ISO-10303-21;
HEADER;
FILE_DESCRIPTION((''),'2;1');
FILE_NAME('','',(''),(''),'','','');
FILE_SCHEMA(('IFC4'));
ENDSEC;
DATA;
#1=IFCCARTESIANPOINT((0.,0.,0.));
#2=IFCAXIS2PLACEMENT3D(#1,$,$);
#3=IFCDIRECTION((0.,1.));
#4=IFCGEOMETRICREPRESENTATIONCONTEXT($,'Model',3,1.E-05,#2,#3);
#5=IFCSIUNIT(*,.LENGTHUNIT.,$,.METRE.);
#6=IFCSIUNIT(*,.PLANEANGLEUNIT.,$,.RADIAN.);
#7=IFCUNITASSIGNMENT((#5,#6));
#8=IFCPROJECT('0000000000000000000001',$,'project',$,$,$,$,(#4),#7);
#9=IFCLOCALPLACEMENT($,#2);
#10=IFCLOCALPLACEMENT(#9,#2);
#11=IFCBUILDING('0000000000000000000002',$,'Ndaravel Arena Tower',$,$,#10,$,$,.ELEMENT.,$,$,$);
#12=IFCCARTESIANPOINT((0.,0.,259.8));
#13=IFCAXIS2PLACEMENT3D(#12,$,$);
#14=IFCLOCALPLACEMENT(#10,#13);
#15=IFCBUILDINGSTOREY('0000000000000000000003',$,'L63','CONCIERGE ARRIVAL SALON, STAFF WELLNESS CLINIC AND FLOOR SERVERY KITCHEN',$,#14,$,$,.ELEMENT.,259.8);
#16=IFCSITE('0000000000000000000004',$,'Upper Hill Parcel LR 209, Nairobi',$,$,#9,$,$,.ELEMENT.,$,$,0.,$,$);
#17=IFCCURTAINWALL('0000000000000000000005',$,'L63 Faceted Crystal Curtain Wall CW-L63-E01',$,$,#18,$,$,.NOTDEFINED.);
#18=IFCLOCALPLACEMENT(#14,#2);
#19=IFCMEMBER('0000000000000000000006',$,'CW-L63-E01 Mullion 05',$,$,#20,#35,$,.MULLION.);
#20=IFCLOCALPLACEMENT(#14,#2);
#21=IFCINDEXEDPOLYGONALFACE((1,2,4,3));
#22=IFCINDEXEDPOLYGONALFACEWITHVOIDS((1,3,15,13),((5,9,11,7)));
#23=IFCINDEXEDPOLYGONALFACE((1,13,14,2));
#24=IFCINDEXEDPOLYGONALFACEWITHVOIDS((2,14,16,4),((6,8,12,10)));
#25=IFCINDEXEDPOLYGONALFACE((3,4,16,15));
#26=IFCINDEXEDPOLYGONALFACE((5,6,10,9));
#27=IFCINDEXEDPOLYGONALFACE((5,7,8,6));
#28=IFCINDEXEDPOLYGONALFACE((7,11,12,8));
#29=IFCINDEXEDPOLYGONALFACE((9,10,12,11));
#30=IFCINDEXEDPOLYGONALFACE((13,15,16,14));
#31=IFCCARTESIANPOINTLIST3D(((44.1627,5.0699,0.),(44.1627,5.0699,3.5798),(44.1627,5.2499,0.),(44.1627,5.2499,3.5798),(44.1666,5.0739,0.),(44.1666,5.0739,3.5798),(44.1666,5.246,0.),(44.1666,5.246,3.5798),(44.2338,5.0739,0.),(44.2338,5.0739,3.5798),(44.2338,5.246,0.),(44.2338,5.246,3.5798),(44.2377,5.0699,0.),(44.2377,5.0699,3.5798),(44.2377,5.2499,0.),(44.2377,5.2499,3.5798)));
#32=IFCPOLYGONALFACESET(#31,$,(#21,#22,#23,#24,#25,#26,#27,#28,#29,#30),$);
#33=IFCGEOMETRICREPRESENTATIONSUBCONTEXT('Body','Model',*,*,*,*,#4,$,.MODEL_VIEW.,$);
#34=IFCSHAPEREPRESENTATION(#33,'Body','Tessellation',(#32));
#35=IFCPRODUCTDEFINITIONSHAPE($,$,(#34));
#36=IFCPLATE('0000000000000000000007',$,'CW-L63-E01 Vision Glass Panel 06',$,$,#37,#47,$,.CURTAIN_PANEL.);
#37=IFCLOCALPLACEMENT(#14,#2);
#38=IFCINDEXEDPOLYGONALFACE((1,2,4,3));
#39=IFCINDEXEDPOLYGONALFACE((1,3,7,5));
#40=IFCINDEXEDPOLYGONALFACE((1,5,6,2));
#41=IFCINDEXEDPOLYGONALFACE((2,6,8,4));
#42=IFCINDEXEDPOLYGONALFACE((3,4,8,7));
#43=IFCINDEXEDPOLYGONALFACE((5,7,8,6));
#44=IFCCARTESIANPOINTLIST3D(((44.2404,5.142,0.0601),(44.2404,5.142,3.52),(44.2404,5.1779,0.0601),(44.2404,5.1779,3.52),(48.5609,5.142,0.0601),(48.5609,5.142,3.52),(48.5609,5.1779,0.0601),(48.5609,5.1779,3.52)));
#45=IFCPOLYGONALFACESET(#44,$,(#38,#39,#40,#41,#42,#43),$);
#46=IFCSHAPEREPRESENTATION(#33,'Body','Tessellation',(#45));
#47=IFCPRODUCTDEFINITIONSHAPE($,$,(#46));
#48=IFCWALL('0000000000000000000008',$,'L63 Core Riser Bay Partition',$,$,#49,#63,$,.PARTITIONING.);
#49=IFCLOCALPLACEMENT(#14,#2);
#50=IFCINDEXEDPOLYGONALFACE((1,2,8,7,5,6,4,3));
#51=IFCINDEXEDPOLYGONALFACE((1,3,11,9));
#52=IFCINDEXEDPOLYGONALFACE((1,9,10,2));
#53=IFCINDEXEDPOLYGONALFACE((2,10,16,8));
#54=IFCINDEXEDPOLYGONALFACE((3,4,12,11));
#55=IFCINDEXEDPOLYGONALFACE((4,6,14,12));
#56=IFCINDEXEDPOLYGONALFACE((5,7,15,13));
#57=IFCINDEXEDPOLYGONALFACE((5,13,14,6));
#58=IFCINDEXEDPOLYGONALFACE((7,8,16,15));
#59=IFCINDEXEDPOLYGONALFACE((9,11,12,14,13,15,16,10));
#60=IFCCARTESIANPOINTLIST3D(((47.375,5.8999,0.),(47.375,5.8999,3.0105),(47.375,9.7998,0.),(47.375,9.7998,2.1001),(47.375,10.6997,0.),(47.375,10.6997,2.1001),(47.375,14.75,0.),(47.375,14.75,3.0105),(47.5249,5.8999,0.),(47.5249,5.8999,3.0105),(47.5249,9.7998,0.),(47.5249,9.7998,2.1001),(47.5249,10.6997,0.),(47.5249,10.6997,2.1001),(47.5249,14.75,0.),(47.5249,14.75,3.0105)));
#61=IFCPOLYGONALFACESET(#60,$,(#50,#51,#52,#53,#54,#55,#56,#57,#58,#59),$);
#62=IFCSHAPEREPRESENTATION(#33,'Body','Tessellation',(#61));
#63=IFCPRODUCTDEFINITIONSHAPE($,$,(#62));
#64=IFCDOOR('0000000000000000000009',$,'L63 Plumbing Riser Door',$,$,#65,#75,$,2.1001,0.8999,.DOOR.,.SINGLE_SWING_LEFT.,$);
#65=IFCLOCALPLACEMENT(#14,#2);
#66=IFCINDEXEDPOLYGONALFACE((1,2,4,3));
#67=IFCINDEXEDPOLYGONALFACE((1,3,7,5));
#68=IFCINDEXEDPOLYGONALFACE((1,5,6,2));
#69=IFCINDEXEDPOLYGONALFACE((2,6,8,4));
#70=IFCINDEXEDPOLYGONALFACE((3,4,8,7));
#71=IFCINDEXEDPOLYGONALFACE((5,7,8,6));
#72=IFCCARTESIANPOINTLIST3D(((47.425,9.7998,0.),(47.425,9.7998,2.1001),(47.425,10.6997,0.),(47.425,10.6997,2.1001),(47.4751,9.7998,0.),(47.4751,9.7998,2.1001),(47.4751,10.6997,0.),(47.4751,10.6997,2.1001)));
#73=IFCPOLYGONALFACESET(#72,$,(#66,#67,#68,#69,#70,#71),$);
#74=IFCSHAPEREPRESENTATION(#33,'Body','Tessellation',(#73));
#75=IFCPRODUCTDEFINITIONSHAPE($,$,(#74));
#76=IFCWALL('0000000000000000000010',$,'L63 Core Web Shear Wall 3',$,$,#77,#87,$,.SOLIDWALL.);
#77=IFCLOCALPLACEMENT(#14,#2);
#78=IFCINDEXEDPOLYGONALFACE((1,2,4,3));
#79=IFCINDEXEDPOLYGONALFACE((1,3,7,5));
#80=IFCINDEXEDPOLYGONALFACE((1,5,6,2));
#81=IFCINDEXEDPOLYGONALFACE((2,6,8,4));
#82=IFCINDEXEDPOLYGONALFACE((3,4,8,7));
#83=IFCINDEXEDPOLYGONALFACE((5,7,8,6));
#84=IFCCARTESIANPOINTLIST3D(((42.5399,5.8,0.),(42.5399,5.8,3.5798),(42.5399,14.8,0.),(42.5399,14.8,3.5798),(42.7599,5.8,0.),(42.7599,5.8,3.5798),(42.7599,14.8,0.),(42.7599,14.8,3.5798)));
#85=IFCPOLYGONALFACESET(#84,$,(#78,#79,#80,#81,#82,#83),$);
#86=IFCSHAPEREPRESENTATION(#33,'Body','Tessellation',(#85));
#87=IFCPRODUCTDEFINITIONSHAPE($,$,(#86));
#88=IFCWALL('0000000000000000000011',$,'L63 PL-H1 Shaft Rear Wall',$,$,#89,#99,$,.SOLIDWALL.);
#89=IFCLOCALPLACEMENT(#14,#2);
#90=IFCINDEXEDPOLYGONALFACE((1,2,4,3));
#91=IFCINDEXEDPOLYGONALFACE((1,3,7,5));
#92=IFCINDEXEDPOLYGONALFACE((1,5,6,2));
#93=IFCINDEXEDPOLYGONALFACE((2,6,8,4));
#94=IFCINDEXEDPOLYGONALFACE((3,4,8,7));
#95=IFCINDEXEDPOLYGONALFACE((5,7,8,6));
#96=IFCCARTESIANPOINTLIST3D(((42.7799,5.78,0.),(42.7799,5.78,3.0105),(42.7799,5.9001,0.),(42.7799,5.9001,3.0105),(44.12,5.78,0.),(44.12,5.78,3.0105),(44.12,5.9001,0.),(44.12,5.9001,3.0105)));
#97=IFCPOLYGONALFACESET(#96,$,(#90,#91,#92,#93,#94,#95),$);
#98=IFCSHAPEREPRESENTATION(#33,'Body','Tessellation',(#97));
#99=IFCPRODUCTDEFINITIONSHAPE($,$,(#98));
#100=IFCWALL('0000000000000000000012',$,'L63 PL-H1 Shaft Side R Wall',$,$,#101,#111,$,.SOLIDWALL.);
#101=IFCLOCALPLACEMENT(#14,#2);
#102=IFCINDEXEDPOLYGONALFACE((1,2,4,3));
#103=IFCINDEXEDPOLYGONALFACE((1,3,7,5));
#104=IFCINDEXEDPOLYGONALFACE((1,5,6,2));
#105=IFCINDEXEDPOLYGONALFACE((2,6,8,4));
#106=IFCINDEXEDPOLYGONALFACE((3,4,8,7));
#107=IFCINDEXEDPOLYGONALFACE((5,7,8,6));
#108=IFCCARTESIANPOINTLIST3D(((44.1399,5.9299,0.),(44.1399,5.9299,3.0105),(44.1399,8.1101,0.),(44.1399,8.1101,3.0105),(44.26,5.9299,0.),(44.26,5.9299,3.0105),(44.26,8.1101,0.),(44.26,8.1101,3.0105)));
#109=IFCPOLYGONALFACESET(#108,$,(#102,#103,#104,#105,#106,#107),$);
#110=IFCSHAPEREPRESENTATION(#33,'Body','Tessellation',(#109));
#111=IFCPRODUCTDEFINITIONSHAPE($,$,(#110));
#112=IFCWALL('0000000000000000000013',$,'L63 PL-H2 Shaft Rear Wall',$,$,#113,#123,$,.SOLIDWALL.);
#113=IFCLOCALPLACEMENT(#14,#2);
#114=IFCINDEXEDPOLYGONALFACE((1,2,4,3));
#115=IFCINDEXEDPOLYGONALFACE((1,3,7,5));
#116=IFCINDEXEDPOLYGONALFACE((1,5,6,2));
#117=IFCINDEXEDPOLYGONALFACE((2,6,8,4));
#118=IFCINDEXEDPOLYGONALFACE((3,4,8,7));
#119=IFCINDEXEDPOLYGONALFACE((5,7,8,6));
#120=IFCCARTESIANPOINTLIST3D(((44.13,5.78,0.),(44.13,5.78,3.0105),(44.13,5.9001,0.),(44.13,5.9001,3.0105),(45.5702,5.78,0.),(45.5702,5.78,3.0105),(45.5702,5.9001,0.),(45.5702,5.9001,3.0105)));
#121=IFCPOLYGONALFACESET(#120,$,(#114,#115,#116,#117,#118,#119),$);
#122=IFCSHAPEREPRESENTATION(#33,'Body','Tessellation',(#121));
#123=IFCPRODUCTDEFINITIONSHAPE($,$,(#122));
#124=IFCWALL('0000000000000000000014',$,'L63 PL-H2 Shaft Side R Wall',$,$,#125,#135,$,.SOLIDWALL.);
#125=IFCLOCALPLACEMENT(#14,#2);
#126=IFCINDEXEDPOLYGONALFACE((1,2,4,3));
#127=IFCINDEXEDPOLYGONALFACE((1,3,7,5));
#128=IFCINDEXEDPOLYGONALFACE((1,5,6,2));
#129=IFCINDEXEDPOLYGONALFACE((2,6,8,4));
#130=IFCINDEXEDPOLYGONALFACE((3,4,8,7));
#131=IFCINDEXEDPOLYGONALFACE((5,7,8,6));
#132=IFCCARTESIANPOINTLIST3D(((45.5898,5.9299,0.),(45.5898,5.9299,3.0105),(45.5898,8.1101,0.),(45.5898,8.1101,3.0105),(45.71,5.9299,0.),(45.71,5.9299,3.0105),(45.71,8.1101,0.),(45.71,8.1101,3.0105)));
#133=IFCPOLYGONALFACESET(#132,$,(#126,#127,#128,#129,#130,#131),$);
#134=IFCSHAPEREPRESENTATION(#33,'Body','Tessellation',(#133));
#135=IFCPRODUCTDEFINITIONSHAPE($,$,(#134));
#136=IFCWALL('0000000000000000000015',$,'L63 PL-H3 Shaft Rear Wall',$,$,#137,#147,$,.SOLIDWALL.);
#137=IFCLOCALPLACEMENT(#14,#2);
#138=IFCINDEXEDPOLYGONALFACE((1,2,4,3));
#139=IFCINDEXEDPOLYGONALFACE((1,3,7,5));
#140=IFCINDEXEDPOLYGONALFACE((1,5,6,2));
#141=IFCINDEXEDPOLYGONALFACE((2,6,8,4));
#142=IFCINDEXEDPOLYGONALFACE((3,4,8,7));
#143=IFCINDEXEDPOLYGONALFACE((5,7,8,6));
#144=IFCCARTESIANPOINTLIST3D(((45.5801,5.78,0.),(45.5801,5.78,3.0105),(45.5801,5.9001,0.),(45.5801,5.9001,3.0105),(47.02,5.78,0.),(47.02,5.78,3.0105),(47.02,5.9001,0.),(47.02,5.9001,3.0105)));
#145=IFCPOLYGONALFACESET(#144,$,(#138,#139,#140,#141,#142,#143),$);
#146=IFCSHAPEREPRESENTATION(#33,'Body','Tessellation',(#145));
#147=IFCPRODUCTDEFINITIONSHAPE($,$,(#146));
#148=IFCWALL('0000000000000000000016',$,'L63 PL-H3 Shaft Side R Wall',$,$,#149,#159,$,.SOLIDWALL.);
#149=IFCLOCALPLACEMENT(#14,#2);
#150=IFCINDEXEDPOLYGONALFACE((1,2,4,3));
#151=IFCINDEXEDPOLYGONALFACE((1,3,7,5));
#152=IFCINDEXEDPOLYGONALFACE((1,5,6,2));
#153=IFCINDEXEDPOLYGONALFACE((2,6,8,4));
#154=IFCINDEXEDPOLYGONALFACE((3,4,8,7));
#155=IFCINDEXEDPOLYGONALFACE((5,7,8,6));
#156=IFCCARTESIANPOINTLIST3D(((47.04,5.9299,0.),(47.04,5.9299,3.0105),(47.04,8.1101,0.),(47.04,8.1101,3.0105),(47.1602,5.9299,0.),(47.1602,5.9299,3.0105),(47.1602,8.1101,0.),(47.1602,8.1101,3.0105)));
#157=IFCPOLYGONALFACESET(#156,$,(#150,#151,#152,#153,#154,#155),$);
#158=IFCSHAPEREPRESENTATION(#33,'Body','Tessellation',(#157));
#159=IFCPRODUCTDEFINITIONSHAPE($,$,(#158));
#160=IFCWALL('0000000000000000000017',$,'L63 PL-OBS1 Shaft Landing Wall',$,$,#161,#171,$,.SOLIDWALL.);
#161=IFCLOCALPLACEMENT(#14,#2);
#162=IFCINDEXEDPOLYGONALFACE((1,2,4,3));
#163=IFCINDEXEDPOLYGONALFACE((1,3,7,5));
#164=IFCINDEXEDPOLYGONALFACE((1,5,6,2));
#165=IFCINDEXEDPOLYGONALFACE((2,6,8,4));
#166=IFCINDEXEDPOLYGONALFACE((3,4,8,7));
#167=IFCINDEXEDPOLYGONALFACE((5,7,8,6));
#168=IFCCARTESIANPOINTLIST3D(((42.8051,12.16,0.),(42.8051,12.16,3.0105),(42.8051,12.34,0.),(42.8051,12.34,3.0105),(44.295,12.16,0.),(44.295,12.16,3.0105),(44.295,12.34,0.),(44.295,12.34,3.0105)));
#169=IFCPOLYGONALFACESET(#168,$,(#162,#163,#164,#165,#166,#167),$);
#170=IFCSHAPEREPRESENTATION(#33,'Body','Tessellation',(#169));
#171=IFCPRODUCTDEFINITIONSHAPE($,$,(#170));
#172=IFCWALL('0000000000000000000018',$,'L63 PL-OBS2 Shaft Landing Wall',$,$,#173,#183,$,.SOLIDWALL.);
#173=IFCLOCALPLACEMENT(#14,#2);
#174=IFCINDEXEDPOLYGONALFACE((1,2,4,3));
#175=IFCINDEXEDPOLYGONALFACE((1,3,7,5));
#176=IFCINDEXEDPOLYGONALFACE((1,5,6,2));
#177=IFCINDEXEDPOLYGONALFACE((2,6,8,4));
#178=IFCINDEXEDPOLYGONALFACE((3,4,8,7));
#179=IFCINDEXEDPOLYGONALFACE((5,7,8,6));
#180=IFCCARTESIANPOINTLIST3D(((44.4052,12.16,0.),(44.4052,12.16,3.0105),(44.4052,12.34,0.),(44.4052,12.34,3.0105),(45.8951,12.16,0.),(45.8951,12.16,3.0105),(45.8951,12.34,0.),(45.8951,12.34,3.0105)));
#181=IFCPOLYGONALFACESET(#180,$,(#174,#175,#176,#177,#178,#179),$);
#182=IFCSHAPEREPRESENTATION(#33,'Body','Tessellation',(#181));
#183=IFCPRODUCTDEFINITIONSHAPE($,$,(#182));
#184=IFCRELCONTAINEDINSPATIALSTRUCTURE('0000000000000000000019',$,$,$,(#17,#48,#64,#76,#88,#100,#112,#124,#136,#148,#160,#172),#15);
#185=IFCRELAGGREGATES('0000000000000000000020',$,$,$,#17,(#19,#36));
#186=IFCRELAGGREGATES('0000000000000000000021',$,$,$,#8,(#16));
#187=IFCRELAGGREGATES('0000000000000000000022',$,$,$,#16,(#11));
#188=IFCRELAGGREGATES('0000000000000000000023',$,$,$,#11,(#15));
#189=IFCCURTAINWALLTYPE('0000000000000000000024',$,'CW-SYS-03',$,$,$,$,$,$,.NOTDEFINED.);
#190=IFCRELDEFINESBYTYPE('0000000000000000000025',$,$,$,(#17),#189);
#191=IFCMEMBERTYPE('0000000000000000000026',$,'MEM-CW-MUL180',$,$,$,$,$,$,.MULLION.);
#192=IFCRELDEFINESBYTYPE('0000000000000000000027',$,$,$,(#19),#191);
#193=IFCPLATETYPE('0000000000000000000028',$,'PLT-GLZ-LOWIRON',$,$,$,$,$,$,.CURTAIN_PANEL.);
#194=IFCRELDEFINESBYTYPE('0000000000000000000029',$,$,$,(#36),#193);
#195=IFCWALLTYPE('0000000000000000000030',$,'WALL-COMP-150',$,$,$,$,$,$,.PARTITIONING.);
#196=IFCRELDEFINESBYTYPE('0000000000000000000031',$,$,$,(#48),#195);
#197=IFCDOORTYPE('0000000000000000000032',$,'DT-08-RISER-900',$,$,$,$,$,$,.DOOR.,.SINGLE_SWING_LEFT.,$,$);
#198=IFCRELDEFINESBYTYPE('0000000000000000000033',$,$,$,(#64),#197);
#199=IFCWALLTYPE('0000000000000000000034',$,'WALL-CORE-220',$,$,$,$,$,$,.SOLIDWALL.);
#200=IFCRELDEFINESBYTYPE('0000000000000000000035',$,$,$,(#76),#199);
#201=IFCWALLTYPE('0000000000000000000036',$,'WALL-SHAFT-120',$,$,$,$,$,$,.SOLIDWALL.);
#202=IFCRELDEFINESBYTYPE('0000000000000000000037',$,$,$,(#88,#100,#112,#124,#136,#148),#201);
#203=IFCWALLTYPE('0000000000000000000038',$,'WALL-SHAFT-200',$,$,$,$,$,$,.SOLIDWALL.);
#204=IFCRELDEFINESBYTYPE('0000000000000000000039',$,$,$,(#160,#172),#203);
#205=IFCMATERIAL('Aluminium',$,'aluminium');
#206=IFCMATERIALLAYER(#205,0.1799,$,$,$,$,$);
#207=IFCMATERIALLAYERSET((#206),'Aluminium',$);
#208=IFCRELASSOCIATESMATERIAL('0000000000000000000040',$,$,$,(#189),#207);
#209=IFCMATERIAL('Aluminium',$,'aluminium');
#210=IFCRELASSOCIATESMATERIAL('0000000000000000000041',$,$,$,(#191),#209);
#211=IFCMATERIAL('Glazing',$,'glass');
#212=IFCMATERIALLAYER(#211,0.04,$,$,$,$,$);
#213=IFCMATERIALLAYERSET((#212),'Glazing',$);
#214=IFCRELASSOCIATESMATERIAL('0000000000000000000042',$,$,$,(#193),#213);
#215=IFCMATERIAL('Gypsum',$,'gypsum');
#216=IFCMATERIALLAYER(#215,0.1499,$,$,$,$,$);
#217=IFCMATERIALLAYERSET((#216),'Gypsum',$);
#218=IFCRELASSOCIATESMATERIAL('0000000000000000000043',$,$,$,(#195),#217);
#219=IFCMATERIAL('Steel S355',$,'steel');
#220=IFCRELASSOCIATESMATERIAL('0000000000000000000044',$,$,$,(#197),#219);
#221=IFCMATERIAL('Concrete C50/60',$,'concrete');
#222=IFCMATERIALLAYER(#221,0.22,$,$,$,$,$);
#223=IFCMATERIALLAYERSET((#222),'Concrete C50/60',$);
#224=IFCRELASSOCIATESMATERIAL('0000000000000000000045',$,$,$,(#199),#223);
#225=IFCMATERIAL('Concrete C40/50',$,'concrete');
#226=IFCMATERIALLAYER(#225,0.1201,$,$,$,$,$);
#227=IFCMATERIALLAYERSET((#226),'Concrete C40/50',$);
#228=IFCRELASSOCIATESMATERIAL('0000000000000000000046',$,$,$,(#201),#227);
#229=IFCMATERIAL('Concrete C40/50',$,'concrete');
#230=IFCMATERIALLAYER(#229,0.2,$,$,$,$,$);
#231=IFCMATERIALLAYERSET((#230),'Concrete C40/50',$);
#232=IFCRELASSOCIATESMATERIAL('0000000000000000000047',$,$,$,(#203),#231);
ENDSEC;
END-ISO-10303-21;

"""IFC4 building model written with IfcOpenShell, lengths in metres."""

from ifc_helpers import new_model, si_unit, direction, frame, frame_2d, origin, origin_2d, place, context, subcontext, project, spatial, rectangle, hollow_rectangle, extrude, material, layer, layer_set, material_profile, profile_set, type_object, element, fill, aggregate, save


model = new_model("IFC4")

# Units and contexts
model_context = context("Model", 3, precision=1e-05, world=origin(), true_north=direction((0.0, 1.0)))
body_context = subcontext(model_context, "Body", "Model", "MODEL_VIEW")
ifc_project = project(units=[si_unit("LENGTHUNIT", "METRE"), si_unit("PLANEANGLEUNIT", "RADIAN")], contexts=[model_context])

# Site, building, storey
site_placement = place(None, origin())
site = spatial("IfcSite", under=ifc_project, at=site_placement, Name="Upper Hill Parcel LR 209, Nairobi", CompositionType="ELEMENT", RefElevation=0.0)
building_placement = place(site_placement, origin())
building = spatial("IfcBuilding", under=site, at=building_placement, Name="Ndaravel Arena Tower", CompositionType="ELEMENT")
storey_placement = place(building_placement, frame((0.0, 0.0, 259.8)))
storey = spatial("IfcBuildingStorey", under=building, at=storey_placement, Name="L63", Description="CONCIERGE ARRIVAL SALON, STAFF WELLNESS CLINIC AND FLOOR SERVERY KITCHEN", CompositionType="ELEMENT", Elevation=259.8)

# Curtain wall, member, plate
ifc_material_1 = material(Name="Aluminium", Category="aluminium")
ifc_layer_1 = layer(ifc_material_1, 0.1799)
ifc_layer_set_1 = layer_set([ifc_layer_1], Name="Aluminium")
curtain_wall_type = type_object("IfcCurtainWallType", Name="CW-SYS-03", PredefinedType="NOTDEFINED", material=ifc_layer_set_1)
curtain_wall_placement = place(storey_placement, origin())
curtain_wall = element("IfcCurtainWall", 1, at=curtain_wall_placement, inside=storey, type_object=curtain_wall_type, Name="L63 Faceted Crystal Curtain Wall CW-L63-E01", PredefinedType="NOTDEFINED")
ifc_material_2 = material(Name="Aluminium", Category="aluminium")
ifc_material_profile = material_profile(ifc_material_2, hollow_rectangle(XDim=0.075, YDim=0.1799, WallThickness=0.0039, at=origin_2d()), Name="CW MULLION 75x180x4")
ifc_profile_set = profile_set([ifc_material_profile], Name="Aluminium")
member_type = type_object("IfcMemberType", Name="MEM-CW-MUL180", PredefinedType="MULLION", material=ifc_profile_set)
member_placement = place(storey_placement, frame((44.2002, 5.1599, 0.0), z_axis=(0.0, 0.0, 1.0), x_axis=(1.0, 0.0, 0.0)))
member = element("IfcMember", 2, at=member_placement, type_object=member_type, Name="CW-L63-E01 Mullion 05", PredefinedType="MULLION", context=body_context, shape_type="SweptSolid", body=[
    extrude(hollow_rectangle(XDim=0.075, YDim=0.1799, WallThickness=0.0039, at=origin_2d()), origin(), (0.0, 0.0, 1.0), 3.5798),
])
ifc_material_3 = material(Name="Glazing", Category="glass")
ifc_layer_2 = layer(ifc_material_3, 0.04)
ifc_layer_set_2 = layer_set([ifc_layer_2], Name="Glazing")
plate_type = type_object("IfcPlateType", Name="PLT-GLZ-LOWIRON", PredefinedType="CURTAIN_PANEL", material=ifc_layer_set_2)
plate_placement = place(storey_placement, frame((46.4006, 5.1599, 0.0601), z_axis=(0.0, 0.0, 1.0), x_axis=(1.0, 0.0, 0.0)))
plate = element("IfcPlate", 3, at=plate_placement, type_object=plate_type, Name="CW-L63-E01 Vision Glass Panel 06", PredefinedType="CURTAIN_PANEL", context=body_context, shape_type="SweptSolid", body=[
    extrude(rectangle(XDim=4.3206, YDim=0.0359, at=origin_2d()), origin(), (0.0, 0.0, 1.0), 3.46),
])
aggregate(curtain_wall, [member, plate])

# Wall, opening, door
ifc_material_4 = material(Name="Gypsum", Category="gypsum")
ifc_layer_3 = layer(ifc_material_4, 0.1499)
ifc_layer_set_3 = layer_set([ifc_layer_3], Name="Gypsum")
wall_type_1 = type_object("IfcWallType", Name="WALL-COMP-150", PredefinedType="PARTITIONING", material=ifc_layer_set_3)
wall_1_placement = place(storey_placement, frame((47.45, 5.8999, 0.0), z_axis=(0.0, 0.0, 1.0), x_axis=(0.0, 1.0, 0.0)))
wall_1 = element("IfcWall", 4, at=wall_1_placement, inside=storey, type_object=wall_type_1, Name="L63 Core Riser Bay Partition", PredefinedType="PARTITIONING", context=body_context, shape_type="SweptSolid", body=[
    extrude(rectangle(XDim=8.8501, YDim=0.1499, at=frame_2d((4.425, 0.0))), origin(), (0.0, 0.0, 1.0), 3.0105),
])
opening_1_placement = place(wall_1_placement, frame((3.8999, 0.0, 0.0)))
opening_1 = element("IfcOpeningElement", 5, at=opening_1_placement, cuts=wall_1, PredefinedType="OPENING", context=body_context, shape_type="SweptSolid", body=[
    extrude(rectangle(XDim=0.8999, YDim=2.1001, at=frame_2d((0.45, 1.05))), frame((0.0, 0.075, 0.0), z_axis=(0.0, -1.0, 0.0), x_axis=(1.0, 0.0, 0.0)), (0.0, 0.0, 1.0), 0.1499),
])
ifc_material_5 = material(Name="Steel S355", Category="steel")
door_type_1 = type_object("IfcDoorType", Name="DT-08-RISER-900", OperationType="SINGLE_SWING_LEFT", PredefinedType="DOOR", material=ifc_material_5)
door_1_placement = place(opening_1_placement, origin())
door_1 = element("IfcDoor", 6, at=door_1_placement, inside=storey, type_object=door_type_1, Name="L63 Plumbing Riser Door", OperationType="SINGLE_SWING_LEFT", OverallHeight=2.1001, OverallWidth=0.8999, PredefinedType="DOOR", context=body_context, shape_type="SweptSolid", body=[
    extrude(rectangle(XDim=0.8999, YDim=2.1001, at=frame_2d((0.45, 1.05))), frame((0.0, 0.0249, 0.0), z_axis=(0.0, -1.0, 0.0), x_axis=(1.0, 0.0, 0.0)), (0.0, 0.0, 1.0), 0.05),
])
fill(opening_1, door_1)

# Walls
ifc_material_6 = material(Name="Concrete C50/60", Category="concrete")
ifc_layer_4 = layer(ifc_material_6, 0.22)
ifc_layer_set_4 = layer_set([ifc_layer_4], Name="Concrete C50/60")
wall_type_2 = type_object("IfcWallType", Name="WALL-CORE-220", PredefinedType="SOLIDWALL", material=ifc_layer_set_4)
wall_2_placement = place(storey_placement, frame((42.6499, 5.8, 0.0), z_axis=(0.0, 0.0, 1.0), x_axis=(0.0, 1.0, 0.0)))
element("IfcWall", 7, at=wall_2_placement, inside=storey, type_object=wall_type_2, Name="L63 Core Web Shear Wall 3", PredefinedType="SOLIDWALL", context=body_context, shape_type="SweptSolid", body=[
    extrude(rectangle(XDim=9.0, YDim=0.22, at=frame_2d((4.5, 0.0))), origin(), (0.0, 0.0, 1.0), 3.5798),
])
ifc_material_7 = material(Name="Concrete C40/50", Category="concrete")
ifc_layer_5 = layer(ifc_material_7, 0.1201)
ifc_layer_set_5 = layer_set([ifc_layer_5], Name="Concrete C40/50")
wall_type_3 = type_object("IfcWallType", Name="WALL-SHAFT-120", PredefinedType="SOLIDWALL", material=ifc_layer_set_5)
wall_3_placement = place(storey_placement, frame((42.78, 5.8401, 0.0), z_axis=(0.0, 0.0, 1.0), x_axis=(1.0, 0.0, 0.0)))
element("IfcWall", 8, at=wall_3_placement, inside=storey, type_object=wall_type_3, Name="L63 PL-H1 Shaft Rear Wall", PredefinedType="SOLIDWALL", context=body_context, shape_type="SweptSolid", body=[
    extrude(rectangle(XDim=1.3401, YDim=0.1201, at=frame_2d((0.6699, 0.0))), origin(), (0.0, 0.0, 1.0), 3.0105),
])
wall_4_placement = place(storey_placement, frame((44.2, 5.9299, 0.0), z_axis=(0.0, 0.0, 1.0), x_axis=(0.0, 1.0, 0.0)))
element("IfcWall", 9, at=wall_4_placement, inside=storey, type_object=wall_type_3, Name="L63 PL-H1 Shaft Side R Wall", PredefinedType="SOLIDWALL", context=body_context, shape_type="SweptSolid", body=[
    extrude(rectangle(XDim=2.1802, YDim=0.1201, at=frame_2d((1.0901, 0.0))), origin(), (0.0, 0.0, 1.0), 3.0105),
])
wall_5_placement = place(storey_placement, frame((44.1299, 5.8401, 0.0), z_axis=(0.0, 0.0, 1.0), x_axis=(1.0, 0.0, 0.0)))
element("IfcWall", 10, at=wall_5_placement, inside=storey, type_object=wall_type_3, Name="L63 PL-H2 Shaft Rear Wall", PredefinedType="SOLIDWALL", context=body_context, shape_type="SweptSolid", body=[
    extrude(rectangle(XDim=1.4402, YDim=0.1201, at=frame_2d((0.7202, 0.0))), origin(), (0.0, 0.0, 1.0), 3.0105),
])
wall_6_placement = place(storey_placement, frame((45.6499, 5.9299, 0.0), z_axis=(0.0, 0.0, 1.0), x_axis=(0.0, 1.0, 0.0)))
element("IfcWall", 11, at=wall_6_placement, inside=storey, type_object=wall_type_3, Name="L63 PL-H2 Shaft Side R Wall", PredefinedType="SOLIDWALL", context=body_context, shape_type="SweptSolid", body=[
    extrude(rectangle(XDim=2.1802, YDim=0.1201, at=frame_2d((1.0901, 0.0))), origin(), (0.0, 0.0, 1.0), 3.0105),
])
wall_7_placement = place(storey_placement, frame((45.5801, 5.8401, 0.0), z_axis=(0.0, 0.0, 1.0), x_axis=(1.0, 0.0, 0.0)))
element("IfcWall", 12, at=wall_7_placement, inside=storey, type_object=wall_type_3, Name="L63 PL-H3 Shaft Rear Wall", PredefinedType="SOLIDWALL", context=body_context, shape_type="SweptSolid", body=[
    extrude(rectangle(XDim=1.4399, YDim=0.1201, at=frame_2d((0.72, 0.0))), origin(), (0.0, 0.0, 1.0), 3.0105),
])
wall_8_placement = place(storey_placement, frame((47.1001, 5.9299, 0.0), z_axis=(0.0, 0.0, 1.0), x_axis=(0.0, 1.0, 0.0)))
element("IfcWall", 13, at=wall_8_placement, inside=storey, type_object=wall_type_3, Name="L63 PL-H3 Shaft Side R Wall", PredefinedType="SOLIDWALL", context=body_context, shape_type="SweptSolid", body=[
    extrude(rectangle(XDim=2.1802, YDim=0.1201, at=frame_2d((1.0901, 0.0))), origin(), (0.0, 0.0, 1.0), 3.0105),
])

# Shared definitions
ifc_material_8 = material(Name="Concrete C40/50", Category="concrete")
ifc_layer_6 = layer(ifc_material_8, 0.2)
ifc_layer_set_6 = layer_set([ifc_layer_6], Name="Concrete C40/50")
wall_type_4 = type_object("IfcWallType", Name="WALL-SHAFT-200", PredefinedType="SOLIDWALL", material=ifc_layer_set_6)

# Walls
for number, where, z_axis, x_axis, name in (
    (14, (42.8049, 12.25, 0.0), (0.0, 0.0, 1.0), (1.0, 0.0, 0.0), "L63 PL-OBS1 Shaft Landing Wall"),
    (15, (44.405, 12.25, 0.0), (0.0, 0.0, 1.0), (1.0, 0.0, 0.0), "L63 PL-OBS2 Shaft Landing Wall"),
):
    element("IfcWall", number, at=place(storey_placement, frame(where, z_axis=z_axis, x_axis=x_axis)), inside=storey, type_object=wall_type_4, Name=name, PredefinedType="SOLIDWALL", context=body_context, shape_type="SweptSolid", body=[
        extrude(rectangle(XDim=1.49, YDim=0.1799, at=frame_2d((0.7451, 0.0))), origin(), (0.0, 0.0, 1.0), 3.0105),
    ])

save(model, "model.ifc")
